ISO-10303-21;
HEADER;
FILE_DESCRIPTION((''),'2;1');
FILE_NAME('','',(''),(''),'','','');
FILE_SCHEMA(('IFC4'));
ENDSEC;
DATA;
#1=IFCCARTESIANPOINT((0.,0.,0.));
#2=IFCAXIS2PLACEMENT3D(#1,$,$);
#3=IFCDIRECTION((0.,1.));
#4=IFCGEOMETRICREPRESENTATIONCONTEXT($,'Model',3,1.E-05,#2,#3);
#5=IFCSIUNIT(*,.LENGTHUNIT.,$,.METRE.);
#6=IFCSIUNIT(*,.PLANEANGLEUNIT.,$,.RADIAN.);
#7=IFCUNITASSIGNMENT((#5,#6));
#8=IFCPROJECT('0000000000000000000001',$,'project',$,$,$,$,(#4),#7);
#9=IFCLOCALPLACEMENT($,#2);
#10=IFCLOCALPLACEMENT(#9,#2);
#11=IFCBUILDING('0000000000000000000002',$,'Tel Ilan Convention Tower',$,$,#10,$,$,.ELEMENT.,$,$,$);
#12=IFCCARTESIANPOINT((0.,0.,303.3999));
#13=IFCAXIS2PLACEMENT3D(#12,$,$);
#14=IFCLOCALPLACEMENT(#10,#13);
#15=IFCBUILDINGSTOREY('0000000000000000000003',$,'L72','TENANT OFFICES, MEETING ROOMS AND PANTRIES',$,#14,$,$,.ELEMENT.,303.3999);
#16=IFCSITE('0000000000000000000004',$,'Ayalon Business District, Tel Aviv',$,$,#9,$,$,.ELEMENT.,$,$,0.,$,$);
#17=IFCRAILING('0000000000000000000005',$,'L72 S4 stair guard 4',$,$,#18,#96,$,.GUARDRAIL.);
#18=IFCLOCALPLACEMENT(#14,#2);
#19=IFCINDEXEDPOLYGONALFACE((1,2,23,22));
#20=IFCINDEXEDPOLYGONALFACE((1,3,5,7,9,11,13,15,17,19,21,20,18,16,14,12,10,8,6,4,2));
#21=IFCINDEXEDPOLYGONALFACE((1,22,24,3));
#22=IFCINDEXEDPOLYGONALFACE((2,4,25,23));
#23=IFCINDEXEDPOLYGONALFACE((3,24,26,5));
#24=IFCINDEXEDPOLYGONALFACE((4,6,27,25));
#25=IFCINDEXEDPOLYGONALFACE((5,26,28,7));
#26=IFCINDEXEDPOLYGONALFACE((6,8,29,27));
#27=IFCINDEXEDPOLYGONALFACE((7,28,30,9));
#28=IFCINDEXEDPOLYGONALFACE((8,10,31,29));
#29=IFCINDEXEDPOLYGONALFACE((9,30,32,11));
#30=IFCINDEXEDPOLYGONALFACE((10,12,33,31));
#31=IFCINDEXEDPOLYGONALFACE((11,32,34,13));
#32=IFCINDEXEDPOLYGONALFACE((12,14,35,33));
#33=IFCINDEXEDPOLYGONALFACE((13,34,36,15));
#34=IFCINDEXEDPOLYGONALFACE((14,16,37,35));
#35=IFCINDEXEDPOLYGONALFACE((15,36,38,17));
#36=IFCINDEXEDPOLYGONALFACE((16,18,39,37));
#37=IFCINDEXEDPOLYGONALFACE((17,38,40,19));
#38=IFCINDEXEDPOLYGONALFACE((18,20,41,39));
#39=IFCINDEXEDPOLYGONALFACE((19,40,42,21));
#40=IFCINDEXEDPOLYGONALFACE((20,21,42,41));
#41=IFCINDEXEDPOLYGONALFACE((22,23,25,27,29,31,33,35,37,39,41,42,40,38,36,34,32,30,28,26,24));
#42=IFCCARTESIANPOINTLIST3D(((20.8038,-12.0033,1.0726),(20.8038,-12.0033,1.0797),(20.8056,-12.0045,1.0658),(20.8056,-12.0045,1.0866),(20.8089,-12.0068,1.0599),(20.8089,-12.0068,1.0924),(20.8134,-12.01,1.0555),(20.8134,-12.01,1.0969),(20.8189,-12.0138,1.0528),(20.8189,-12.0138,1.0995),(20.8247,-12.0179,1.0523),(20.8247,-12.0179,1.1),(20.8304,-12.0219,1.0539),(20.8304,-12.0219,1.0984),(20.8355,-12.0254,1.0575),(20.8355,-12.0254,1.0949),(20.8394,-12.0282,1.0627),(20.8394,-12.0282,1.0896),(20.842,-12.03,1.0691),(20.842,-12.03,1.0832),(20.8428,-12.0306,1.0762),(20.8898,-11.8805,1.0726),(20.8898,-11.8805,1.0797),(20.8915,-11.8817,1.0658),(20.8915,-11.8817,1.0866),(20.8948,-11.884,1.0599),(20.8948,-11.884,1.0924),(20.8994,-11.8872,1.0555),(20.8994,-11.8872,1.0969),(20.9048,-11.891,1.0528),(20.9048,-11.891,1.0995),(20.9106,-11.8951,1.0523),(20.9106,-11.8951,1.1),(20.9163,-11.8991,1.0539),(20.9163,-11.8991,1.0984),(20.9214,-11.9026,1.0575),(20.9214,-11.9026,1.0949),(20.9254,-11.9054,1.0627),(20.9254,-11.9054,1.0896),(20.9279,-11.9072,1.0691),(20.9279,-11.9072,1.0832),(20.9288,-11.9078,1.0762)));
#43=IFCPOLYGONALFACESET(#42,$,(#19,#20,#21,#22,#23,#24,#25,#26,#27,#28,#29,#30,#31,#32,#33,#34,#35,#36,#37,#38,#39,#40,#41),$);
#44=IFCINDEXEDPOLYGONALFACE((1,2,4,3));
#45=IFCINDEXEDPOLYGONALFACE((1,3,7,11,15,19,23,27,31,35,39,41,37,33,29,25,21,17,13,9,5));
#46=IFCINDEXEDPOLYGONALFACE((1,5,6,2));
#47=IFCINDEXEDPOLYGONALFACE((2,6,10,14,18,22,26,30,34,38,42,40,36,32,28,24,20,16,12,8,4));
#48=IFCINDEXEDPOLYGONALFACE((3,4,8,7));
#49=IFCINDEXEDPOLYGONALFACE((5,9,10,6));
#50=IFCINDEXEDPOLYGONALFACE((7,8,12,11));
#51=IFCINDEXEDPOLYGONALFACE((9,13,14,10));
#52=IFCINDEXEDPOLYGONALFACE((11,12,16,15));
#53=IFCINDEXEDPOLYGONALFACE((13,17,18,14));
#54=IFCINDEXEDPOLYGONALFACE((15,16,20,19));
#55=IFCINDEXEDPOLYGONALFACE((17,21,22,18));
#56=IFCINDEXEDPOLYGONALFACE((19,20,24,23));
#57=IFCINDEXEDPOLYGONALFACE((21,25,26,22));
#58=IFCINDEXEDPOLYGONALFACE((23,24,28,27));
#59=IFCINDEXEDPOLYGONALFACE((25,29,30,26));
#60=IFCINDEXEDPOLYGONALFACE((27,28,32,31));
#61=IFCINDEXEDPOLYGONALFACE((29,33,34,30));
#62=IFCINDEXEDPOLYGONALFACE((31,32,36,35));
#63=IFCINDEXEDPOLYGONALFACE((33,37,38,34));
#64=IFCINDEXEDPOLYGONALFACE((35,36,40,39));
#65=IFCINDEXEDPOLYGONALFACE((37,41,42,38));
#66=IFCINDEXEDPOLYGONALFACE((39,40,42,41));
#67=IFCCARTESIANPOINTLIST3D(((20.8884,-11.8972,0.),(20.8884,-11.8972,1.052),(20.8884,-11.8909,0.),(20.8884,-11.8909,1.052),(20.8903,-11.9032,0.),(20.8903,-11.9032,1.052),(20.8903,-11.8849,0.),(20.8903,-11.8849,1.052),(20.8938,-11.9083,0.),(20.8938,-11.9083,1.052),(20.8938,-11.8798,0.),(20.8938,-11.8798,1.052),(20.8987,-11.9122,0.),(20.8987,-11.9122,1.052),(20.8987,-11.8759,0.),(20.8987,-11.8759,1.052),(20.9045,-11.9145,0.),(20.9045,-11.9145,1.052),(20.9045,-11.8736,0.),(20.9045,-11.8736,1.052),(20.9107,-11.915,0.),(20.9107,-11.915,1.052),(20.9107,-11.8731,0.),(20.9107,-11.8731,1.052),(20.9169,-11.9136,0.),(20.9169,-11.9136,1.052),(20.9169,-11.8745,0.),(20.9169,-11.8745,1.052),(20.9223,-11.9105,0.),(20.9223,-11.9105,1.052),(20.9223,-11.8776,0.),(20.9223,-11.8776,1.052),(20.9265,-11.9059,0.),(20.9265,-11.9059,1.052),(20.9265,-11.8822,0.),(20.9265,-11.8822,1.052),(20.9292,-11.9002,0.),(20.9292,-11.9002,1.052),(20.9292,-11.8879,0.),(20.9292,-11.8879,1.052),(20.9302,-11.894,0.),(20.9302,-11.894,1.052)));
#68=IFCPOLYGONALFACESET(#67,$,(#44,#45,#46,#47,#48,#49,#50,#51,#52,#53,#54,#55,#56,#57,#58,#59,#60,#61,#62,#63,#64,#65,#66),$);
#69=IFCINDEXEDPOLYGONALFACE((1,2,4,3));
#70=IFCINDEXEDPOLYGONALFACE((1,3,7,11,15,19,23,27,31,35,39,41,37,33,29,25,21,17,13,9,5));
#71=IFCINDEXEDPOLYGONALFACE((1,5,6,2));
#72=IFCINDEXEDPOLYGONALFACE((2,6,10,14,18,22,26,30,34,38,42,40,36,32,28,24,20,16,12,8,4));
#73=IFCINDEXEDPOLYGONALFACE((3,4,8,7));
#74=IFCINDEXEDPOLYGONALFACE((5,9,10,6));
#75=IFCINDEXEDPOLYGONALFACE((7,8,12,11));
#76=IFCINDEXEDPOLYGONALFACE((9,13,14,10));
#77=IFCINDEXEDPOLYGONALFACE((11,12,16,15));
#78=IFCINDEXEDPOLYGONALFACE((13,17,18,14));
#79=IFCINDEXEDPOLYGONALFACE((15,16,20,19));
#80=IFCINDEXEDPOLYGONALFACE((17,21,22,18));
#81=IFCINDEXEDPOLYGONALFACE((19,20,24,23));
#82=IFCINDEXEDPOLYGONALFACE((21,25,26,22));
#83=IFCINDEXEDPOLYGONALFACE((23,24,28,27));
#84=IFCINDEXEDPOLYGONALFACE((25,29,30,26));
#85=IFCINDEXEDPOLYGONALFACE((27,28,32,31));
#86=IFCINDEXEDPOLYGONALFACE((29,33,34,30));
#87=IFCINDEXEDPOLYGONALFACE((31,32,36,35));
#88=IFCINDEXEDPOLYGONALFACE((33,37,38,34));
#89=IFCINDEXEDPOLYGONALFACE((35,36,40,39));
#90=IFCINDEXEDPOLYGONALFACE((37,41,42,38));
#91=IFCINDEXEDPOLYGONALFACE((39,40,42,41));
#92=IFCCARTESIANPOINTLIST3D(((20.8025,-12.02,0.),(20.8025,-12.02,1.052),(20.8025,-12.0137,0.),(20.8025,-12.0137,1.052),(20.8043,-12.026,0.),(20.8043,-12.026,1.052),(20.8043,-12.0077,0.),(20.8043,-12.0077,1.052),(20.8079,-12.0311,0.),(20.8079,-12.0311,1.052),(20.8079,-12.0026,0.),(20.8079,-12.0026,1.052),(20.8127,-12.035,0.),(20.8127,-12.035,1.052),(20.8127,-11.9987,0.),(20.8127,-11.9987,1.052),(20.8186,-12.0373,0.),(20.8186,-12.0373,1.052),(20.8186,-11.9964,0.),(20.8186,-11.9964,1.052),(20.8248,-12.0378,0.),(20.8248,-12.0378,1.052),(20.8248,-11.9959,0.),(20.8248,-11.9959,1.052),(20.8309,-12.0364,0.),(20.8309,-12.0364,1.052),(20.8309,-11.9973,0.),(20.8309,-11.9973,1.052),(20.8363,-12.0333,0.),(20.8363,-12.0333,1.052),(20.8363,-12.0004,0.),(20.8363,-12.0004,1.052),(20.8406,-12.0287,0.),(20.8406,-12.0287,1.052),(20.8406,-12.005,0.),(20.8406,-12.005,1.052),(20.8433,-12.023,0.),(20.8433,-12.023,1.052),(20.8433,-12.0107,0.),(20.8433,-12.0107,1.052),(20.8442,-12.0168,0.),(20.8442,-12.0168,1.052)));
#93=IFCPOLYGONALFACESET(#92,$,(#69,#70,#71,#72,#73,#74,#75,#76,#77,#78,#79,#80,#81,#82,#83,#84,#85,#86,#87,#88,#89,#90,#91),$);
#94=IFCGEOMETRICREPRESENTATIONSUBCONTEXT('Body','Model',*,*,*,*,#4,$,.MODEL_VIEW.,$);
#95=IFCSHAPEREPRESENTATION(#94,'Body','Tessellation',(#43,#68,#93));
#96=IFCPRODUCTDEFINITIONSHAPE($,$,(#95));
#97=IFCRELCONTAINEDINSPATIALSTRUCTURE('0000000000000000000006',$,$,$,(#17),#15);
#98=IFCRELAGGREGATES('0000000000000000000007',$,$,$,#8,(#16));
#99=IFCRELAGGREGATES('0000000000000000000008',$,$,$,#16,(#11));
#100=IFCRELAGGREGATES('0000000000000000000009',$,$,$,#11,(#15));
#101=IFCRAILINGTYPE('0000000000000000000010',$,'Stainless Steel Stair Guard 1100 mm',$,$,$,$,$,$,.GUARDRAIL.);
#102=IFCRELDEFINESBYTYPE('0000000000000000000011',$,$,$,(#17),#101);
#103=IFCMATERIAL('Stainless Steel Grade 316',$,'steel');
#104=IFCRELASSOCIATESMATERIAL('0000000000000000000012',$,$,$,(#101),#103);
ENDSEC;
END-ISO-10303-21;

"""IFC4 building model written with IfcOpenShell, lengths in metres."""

from ifc_helpers import new_model, si_unit, direction, frame, origin, origin_2d, place, context, subcontext, project, spatial, circle, extrude, material, type_object, element, save


model = new_model("IFC4")

# Units and contexts
model_context = context("Model", 3, precision=1e-05, world=origin(), true_north=direction((0.0, 1.0)))
body_context = subcontext(model_context, "Body", "Model", "MODEL_VIEW")
ifc_project = project(units=[si_unit("LENGTHUNIT", "METRE"), si_unit("PLANEANGLEUNIT", "RADIAN")], contexts=[model_context])

# Site, building, storey
site_placement = place(None, origin())
site = spatial("IfcSite", under=ifc_project, at=site_placement, Name="Ayalon Business District, Tel Aviv", CompositionType="ELEMENT", RefElevation=0.0)
building_placement = place(site_placement, origin())
building = spatial("IfcBuilding", under=site, at=building_placement, Name="Tel Ilan Convention Tower", CompositionType="ELEMENT")
storey_placement = place(building_placement, frame((0.0, 0.0, 303.3999)))
storey = spatial("IfcBuildingStorey", under=building, at=storey_placement, Name="L72", Description="TENANT OFFICES, MEETING ROOMS AND PANTRIES", CompositionType="ELEMENT", Elevation=303.3999)

# Railing
ifc_material_1 = material(Name="Stainless Steel Grade 316", Category="steel")
railing_type_1 = type_object("IfcRailingType", Name="Stainless Steel Stair Guard 1100 mm", PredefinedType="GUARDRAIL", material=ifc_material_1)
railing_1_placement = place(storey_placement, frame((20.9092, -11.894, 0.0)))
element("IfcRailing", 1, at=railing_1_placement, inside=storey, type_object=railing_type_1, Name="L72 S4 stair guard 4", PredefinedType="GUARDRAIL", context=body_context, shape_type="SweptSolid", body=[
    extrude(circle(Radius=0.0239, at=origin_2d()), frame((0.0, 0.0, 1.0762), z_axis=(-0.573353, -0.819308, 0.0), x_axis=(0.819308, -0.573353, 0.0)), (0.0, 0.0, 1.0), 0.1499),
    extrude(circle(Radius=0.021, at=origin_2d()), origin(), (0.0, 0.0, 1.0), 1.052),
    extrude(circle(Radius=0.021, at=origin_2d()), frame((-0.0859, -0.1228, 0.0)), (0.0, 0.0, 1.0), 1.052),
])

save(model, "model.ifc")
